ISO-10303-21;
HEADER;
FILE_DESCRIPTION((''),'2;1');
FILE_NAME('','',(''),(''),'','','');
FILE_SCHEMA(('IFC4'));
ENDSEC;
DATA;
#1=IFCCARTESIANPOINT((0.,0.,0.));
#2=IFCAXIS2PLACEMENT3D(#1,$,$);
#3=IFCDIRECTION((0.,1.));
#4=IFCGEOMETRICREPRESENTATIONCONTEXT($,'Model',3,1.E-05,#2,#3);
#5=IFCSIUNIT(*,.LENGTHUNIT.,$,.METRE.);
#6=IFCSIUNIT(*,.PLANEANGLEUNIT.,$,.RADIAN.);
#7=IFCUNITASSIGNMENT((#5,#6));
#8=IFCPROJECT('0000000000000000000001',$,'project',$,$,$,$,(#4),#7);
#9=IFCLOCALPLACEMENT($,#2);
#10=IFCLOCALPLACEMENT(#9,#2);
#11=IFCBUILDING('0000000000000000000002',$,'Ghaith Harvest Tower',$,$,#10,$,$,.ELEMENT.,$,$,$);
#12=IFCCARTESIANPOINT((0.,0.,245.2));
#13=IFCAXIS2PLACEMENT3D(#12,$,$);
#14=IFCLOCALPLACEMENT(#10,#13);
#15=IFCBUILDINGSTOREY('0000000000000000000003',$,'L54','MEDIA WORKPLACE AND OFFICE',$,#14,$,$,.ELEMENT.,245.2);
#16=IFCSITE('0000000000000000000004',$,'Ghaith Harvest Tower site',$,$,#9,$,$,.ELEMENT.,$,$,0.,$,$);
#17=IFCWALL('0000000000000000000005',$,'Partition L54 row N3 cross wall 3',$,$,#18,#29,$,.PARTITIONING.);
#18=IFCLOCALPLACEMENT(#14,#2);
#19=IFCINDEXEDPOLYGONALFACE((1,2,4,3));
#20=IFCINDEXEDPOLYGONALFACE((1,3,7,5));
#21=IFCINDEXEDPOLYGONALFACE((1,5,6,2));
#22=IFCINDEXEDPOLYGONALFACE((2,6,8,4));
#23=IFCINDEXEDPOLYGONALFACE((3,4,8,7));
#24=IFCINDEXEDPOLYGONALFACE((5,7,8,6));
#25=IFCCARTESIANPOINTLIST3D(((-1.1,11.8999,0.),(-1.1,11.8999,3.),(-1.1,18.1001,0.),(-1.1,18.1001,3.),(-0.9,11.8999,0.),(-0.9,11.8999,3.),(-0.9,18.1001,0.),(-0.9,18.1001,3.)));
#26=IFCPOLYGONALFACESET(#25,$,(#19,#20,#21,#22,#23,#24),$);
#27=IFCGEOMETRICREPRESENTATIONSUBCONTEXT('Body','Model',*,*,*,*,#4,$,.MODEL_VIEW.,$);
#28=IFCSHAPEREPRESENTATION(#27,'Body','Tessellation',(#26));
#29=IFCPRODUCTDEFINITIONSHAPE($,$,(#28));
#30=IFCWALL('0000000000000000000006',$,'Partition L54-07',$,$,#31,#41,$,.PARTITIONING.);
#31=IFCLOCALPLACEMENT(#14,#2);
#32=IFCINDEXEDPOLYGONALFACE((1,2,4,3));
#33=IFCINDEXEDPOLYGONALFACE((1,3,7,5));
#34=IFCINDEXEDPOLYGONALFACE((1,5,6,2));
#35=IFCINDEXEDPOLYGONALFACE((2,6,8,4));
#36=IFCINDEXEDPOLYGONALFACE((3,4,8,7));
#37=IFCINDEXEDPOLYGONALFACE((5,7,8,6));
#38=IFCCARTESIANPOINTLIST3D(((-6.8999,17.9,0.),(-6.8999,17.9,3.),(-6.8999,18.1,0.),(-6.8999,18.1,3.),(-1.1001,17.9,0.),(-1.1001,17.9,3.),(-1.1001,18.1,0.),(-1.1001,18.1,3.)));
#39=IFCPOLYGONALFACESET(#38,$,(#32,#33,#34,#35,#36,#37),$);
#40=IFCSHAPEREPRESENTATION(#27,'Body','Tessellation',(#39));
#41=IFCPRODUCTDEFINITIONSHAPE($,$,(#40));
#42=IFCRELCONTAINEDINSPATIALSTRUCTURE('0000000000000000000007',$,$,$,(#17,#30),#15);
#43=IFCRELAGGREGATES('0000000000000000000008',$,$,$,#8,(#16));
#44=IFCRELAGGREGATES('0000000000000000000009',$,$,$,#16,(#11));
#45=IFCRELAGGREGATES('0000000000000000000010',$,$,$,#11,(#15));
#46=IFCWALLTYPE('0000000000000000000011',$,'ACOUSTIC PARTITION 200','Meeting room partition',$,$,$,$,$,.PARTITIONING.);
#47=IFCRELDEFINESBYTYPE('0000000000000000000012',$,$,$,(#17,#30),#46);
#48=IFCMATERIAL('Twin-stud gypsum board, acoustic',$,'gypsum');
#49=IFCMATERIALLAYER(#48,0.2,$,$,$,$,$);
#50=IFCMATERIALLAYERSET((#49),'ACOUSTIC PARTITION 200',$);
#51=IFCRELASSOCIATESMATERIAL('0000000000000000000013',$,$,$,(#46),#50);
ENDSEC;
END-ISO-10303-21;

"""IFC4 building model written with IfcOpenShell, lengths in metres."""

from ifc_helpers import new_model, si_unit, direction, frame, frame_2d, origin, place, context, subcontext, project, spatial, rectangle, extrude, material, layer, layer_set, type_object, element, save


model = new_model("IFC4")

# Units and contexts
model_context = context("Model", 3, precision=1e-05, world=origin(), true_north=direction((0.0, 1.0)))
body_context = subcontext(model_context, "Body", "Model", "MODEL_VIEW")
ifc_project = project(units=[si_unit("LENGTHUNIT", "METRE"), si_unit("PLANEANGLEUNIT", "RADIAN")], contexts=[model_context])

# Site, building, storey
site_placement = place(None, origin())
site = spatial("IfcSite", under=ifc_project, at=site_placement, Name="Ghaith Harvest Tower site", CompositionType="ELEMENT", RefElevation=0.0)
building_placement = place(site_placement, origin())
building = spatial("IfcBuilding", under=site, at=building_placement, Name="Ghaith Harvest Tower", CompositionType="ELEMENT")
storey_placement = place(building_placement, frame((0.0, 0.0, 245.2)))
storey = spatial("IfcBuildingStorey", under=building, at=storey_placement, Name="L54", Description="MEDIA WORKPLACE AND OFFICE", CompositionType="ELEMENT", Elevation=245.2)

# Wall
ifc_material_1 = material(Name="Twin-stud gypsum board, acoustic", Category="gypsum")
ifc_layer_1 = layer(ifc_material_1, 0.2)
ifc_layer_set_1 = layer_set([ifc_layer_1], Name="ACOUSTIC PARTITION 200")
wall_type = type_object("IfcWallType", Name="ACOUSTIC PARTITION 200", Description="Meeting room partition", PredefinedType="PARTITIONING", material=ifc_layer_set_1)
for number, where, z_axis, x_axis, name in (
    (1, (-1.0, 11.8999, 0.0), (0.0, 0.0, 1.0), (0.0, 1.0, 0.0), "Partition L54 row N3 cross wall 3"),
):
    element("IfcWall", number, at=place(storey_placement, frame(where, z_axis=z_axis, x_axis=x_axis)), inside=storey, type_object=wall_type, Name=name, PredefinedType="PARTITIONING", context=body_context, shape_type="SweptSolid", body=[
        extrude(rectangle(XDim=6.2002, YDim=0.2, at=frame_2d((3.1001, 0.0))), origin(), (0.0, 0.0, 1.0), 3.0),
    ])

# Wall
wall_1_placement = place(storey_placement, frame((-6.8999, 18.0, 0.0), z_axis=(0.0, 0.0, 1.0), x_axis=(1.0, 0.0, 0.0)))
element("IfcWall", 2, at=wall_1_placement, inside=storey, type_object=wall_type, Name="Partition L54-07", PredefinedType="PARTITIONING", context=body_context, shape_type="SweptSolid", body=[
    extrude(rectangle(XDim=5.7998, YDim=0.2, at=frame_2d((2.8999, 0.0))), origin(), (0.0, 0.0, 1.0), 3.0),
])

save(model, "model.ifc")
